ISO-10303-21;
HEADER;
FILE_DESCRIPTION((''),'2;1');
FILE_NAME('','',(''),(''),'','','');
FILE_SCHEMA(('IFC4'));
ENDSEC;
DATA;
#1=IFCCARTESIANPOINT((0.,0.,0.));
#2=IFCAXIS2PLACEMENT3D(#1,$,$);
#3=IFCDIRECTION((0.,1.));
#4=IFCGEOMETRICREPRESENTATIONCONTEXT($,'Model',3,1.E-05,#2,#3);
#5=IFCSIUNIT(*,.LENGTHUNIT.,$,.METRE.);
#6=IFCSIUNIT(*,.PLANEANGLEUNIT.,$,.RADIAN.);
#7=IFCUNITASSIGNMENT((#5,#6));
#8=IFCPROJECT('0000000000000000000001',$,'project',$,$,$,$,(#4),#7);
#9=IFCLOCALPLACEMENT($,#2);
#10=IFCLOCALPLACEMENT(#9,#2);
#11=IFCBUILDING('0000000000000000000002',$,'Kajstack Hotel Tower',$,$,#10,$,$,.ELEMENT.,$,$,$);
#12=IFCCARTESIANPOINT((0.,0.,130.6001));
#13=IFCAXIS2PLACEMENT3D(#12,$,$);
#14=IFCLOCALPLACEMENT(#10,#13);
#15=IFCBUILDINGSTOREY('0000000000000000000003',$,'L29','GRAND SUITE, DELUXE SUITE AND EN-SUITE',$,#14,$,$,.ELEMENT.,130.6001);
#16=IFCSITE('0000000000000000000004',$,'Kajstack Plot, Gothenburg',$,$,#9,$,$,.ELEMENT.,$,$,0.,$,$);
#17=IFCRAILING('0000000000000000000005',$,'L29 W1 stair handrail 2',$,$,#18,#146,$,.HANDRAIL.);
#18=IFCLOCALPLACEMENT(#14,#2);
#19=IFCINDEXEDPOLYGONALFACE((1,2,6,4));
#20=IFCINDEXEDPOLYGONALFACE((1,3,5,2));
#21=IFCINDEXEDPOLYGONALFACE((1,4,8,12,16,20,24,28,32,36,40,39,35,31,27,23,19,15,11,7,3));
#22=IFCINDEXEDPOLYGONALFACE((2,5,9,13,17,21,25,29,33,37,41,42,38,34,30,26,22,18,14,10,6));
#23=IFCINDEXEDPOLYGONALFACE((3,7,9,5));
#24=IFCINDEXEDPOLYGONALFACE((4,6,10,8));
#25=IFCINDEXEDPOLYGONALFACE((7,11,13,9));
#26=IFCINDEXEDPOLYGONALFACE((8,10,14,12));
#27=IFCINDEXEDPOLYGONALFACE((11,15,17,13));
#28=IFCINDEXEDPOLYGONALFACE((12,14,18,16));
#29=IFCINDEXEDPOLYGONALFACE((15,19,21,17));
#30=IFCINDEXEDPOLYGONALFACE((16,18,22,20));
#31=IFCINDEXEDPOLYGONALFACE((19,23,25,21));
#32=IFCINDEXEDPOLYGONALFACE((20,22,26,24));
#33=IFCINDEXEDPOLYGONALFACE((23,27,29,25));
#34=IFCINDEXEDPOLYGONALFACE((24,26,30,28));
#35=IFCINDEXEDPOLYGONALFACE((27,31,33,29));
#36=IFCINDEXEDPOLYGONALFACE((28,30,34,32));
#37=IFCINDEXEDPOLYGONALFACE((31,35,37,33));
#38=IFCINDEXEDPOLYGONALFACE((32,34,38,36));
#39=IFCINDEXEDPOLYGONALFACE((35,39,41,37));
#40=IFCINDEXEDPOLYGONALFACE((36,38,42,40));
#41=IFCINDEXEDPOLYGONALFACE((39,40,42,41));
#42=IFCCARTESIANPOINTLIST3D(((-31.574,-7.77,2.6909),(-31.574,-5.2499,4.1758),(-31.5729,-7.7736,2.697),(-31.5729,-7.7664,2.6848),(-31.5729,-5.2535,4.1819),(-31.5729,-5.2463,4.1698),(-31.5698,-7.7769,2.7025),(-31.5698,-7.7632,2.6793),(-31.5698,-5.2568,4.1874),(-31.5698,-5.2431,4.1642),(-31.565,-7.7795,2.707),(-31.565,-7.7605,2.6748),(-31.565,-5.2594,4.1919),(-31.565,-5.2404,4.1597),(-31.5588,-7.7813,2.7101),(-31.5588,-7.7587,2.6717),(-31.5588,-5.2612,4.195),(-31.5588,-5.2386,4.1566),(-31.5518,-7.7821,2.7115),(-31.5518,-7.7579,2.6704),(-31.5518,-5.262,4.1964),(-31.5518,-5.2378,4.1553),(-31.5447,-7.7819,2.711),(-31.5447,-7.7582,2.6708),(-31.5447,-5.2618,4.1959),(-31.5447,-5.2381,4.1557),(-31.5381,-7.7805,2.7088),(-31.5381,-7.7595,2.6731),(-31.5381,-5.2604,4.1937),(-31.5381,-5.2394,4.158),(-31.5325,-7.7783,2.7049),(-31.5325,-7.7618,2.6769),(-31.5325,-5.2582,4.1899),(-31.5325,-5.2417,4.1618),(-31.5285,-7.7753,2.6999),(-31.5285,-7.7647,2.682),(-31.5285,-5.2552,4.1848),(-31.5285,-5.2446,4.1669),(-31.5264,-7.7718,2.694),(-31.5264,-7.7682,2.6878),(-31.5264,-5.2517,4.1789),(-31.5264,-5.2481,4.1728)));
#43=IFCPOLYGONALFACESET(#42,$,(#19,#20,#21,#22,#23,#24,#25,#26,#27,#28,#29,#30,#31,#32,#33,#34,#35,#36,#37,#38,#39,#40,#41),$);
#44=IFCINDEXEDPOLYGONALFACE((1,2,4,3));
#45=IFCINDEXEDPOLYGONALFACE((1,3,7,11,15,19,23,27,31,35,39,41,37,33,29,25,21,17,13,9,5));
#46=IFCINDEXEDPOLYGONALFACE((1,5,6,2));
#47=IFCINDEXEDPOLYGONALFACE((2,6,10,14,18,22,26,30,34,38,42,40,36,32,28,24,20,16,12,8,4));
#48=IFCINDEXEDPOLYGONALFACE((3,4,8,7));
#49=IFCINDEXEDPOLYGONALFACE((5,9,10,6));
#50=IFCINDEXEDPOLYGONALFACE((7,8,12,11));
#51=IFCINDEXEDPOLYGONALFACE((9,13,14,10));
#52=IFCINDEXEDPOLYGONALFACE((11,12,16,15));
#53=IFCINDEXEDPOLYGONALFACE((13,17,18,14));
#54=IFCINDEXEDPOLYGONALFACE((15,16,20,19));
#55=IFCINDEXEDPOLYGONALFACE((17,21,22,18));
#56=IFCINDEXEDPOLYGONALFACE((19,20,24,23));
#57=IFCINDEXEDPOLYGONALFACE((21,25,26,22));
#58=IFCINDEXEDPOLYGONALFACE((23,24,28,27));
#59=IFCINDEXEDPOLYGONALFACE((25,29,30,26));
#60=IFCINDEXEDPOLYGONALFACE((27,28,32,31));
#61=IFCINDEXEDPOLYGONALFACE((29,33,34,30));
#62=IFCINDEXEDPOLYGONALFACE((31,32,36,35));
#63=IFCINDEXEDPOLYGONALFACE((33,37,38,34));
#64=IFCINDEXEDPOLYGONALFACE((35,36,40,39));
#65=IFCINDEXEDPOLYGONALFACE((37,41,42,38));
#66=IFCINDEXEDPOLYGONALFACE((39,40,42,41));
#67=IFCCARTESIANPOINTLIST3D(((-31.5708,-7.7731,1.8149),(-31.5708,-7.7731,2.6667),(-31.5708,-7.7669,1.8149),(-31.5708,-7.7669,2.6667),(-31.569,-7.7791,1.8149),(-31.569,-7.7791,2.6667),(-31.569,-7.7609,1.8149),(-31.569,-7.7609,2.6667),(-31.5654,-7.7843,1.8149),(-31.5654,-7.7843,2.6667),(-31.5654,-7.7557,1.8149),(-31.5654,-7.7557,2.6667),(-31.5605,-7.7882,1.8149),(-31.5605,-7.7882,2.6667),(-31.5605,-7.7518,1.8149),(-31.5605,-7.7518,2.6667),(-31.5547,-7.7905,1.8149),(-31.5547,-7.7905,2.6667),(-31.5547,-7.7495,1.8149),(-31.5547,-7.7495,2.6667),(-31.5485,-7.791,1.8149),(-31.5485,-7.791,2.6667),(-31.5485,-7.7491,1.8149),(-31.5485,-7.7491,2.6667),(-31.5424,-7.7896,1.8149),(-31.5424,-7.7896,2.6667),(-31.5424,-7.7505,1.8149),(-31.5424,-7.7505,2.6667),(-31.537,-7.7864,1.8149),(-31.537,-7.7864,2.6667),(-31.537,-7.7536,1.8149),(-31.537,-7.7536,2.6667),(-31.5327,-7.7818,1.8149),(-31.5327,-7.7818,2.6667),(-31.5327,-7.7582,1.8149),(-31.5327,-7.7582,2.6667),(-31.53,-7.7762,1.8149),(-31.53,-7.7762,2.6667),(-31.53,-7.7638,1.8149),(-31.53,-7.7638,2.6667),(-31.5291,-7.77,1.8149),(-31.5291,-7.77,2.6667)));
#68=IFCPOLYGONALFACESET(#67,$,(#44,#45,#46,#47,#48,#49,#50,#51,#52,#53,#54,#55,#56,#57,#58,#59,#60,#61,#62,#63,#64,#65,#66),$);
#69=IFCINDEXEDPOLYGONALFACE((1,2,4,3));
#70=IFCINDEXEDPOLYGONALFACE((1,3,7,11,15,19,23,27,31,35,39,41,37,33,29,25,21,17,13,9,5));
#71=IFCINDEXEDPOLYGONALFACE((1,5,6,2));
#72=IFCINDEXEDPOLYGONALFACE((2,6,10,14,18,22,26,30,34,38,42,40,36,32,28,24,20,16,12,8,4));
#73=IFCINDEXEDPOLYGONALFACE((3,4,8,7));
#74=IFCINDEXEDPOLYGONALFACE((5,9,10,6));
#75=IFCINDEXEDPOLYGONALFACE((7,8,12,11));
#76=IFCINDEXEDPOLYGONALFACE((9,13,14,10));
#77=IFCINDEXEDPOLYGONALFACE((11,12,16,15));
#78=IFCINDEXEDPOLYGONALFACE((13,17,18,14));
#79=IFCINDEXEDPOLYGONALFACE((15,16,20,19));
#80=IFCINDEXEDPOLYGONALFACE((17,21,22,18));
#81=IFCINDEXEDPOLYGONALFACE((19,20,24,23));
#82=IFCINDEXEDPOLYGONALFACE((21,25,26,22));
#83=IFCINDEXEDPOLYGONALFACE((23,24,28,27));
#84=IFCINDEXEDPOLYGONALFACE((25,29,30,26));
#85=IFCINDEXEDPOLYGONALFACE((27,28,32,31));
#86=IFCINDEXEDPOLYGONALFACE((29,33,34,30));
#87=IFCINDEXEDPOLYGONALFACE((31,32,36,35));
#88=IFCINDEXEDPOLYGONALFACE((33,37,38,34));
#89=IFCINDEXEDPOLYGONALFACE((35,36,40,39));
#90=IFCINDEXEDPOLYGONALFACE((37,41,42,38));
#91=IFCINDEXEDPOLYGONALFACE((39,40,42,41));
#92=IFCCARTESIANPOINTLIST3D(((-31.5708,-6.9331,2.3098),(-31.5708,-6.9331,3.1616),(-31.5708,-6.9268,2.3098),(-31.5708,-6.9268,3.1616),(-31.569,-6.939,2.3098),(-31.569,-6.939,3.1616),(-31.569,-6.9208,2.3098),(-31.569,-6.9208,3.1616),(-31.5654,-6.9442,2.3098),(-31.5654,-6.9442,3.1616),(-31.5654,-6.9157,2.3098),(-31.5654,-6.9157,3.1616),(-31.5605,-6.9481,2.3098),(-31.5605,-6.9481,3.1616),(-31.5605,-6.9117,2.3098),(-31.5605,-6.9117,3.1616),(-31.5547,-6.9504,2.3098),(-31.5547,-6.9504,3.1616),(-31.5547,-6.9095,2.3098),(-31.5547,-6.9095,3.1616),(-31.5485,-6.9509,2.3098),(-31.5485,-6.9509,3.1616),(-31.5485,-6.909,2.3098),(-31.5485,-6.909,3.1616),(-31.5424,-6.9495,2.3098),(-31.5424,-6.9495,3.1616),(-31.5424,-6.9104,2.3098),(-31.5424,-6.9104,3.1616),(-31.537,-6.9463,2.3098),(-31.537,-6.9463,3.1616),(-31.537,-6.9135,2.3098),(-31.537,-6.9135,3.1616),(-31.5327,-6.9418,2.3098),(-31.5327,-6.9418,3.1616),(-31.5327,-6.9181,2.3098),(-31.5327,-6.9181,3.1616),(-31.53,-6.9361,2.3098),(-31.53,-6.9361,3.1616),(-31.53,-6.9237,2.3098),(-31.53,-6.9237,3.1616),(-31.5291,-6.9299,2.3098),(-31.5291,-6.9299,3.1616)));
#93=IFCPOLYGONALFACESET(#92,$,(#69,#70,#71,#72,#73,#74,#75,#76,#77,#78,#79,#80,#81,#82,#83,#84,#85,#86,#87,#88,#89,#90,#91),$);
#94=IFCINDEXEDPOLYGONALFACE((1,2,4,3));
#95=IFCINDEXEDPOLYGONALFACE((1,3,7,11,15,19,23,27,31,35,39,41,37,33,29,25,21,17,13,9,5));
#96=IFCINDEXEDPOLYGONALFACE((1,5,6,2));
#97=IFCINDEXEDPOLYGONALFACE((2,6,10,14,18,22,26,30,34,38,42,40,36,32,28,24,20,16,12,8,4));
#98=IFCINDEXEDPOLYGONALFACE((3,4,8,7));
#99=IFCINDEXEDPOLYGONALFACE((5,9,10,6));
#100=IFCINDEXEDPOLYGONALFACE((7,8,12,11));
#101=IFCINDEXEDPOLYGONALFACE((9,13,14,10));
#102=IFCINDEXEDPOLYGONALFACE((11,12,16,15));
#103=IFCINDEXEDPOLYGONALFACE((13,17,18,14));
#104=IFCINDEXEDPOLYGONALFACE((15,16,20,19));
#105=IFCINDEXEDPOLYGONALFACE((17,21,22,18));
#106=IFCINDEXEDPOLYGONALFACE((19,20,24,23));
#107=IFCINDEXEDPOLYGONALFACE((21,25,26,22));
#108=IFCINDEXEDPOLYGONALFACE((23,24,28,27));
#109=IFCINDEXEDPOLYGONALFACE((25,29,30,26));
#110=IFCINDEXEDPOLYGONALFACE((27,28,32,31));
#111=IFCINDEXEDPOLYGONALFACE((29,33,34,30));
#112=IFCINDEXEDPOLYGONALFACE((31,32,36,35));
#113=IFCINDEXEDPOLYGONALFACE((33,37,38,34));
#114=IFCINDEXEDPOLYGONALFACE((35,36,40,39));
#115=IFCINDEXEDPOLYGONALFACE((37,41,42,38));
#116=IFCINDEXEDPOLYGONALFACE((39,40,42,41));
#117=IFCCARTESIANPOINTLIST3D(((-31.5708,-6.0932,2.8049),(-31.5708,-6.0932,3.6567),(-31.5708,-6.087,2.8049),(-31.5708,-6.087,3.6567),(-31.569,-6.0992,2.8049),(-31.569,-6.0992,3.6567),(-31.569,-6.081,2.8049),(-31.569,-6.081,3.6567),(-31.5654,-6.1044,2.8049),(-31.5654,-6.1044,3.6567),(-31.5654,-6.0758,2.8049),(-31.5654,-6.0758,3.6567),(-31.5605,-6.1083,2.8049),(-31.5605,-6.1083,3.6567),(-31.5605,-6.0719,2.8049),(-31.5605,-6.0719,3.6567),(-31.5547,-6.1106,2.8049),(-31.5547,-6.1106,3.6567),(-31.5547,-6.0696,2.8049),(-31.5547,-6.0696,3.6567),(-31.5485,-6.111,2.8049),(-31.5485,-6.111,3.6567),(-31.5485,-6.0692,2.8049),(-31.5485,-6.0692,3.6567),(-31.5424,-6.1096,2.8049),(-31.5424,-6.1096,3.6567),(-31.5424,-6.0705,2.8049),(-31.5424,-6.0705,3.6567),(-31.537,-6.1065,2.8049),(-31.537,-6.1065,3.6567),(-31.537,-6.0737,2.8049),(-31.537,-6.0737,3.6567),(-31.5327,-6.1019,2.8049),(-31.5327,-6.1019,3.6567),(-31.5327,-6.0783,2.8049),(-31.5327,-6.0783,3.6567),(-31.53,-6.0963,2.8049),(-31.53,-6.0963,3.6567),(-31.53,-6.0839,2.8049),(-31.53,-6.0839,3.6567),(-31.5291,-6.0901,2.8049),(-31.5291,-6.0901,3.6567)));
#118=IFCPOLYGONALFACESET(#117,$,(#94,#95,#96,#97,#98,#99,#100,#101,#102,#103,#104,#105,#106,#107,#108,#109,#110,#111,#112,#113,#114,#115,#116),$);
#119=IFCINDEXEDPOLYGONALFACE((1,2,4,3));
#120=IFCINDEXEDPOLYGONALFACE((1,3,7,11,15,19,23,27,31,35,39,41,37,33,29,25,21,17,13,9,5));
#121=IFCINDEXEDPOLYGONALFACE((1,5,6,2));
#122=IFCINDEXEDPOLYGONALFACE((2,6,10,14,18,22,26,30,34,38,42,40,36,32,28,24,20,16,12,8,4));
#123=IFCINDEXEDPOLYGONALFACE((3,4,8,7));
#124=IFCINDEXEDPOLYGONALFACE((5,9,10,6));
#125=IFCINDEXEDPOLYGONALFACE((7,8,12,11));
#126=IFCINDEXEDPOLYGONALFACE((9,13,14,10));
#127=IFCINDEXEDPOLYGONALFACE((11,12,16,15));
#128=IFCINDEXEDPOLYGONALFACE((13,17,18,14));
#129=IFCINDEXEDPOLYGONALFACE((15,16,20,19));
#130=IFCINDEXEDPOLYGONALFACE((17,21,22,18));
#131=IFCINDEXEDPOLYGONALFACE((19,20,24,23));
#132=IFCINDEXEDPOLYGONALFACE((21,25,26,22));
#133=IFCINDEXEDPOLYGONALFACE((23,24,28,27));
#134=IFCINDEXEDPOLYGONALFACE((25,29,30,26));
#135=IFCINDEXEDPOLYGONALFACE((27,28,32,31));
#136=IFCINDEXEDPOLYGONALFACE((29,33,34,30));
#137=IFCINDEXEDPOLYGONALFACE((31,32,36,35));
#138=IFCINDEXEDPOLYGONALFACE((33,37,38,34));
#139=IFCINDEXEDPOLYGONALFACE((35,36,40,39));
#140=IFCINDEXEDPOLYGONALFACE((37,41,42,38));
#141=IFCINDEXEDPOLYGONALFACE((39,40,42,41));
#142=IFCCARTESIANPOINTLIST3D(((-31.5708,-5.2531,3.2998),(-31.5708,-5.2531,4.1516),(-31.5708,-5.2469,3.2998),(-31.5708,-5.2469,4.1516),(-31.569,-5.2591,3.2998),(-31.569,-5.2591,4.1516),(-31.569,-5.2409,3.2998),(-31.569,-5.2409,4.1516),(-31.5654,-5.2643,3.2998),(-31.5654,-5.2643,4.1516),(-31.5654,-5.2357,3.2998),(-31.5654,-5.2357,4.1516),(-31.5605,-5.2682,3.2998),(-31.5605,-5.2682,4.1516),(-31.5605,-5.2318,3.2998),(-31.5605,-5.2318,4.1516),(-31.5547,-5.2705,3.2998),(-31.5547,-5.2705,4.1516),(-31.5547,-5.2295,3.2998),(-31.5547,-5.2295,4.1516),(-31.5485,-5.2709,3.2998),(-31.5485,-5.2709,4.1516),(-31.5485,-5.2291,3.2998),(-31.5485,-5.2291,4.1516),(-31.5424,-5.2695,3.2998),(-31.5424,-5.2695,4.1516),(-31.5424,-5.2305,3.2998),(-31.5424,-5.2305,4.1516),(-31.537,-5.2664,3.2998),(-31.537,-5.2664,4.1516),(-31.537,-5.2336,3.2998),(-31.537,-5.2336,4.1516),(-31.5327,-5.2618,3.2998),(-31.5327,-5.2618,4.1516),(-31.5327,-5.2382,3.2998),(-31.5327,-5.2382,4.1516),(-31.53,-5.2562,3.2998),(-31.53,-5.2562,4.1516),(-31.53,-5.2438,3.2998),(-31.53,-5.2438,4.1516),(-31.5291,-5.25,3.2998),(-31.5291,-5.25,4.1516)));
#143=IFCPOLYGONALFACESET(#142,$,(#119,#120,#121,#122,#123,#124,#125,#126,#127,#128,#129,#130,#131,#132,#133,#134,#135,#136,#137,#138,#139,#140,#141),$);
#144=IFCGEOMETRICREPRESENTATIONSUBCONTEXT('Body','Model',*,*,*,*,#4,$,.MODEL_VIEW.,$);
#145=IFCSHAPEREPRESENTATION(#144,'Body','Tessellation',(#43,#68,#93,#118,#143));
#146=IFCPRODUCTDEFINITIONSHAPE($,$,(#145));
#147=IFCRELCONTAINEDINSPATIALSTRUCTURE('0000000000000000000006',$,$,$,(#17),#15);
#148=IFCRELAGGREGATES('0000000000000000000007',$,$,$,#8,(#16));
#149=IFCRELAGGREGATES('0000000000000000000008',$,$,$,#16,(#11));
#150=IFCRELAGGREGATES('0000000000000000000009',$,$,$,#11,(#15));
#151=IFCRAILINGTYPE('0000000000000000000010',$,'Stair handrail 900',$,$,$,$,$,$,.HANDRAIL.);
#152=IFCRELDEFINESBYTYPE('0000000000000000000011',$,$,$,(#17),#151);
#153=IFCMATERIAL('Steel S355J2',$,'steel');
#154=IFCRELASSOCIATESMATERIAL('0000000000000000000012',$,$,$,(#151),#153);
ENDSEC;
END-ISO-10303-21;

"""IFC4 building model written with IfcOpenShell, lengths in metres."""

from ifc_helpers import new_model, si_unit, direction, frame, origin, origin_2d, place, context, subcontext, project, spatial, circle, extrude, material, type_object, element, save


model = new_model("IFC4")

# Units and contexts
model_context = context("Model", 3, precision=1e-05, world=origin(), true_north=direction((0.0, 1.0)))
body_context = subcontext(model_context, "Body", "Model", "MODEL_VIEW")
ifc_project = project(units=[si_unit("LENGTHUNIT", "METRE"), si_unit("PLANEANGLEUNIT", "RADIAN")], contexts=[model_context])

# Site, building, storey
site_placement = place(None, origin())
site = spatial("IfcSite", under=ifc_project, at=site_placement, Name="Kajstack Plot, Gothenburg", CompositionType="ELEMENT", RefElevation=0.0)
building_placement = place(site_placement, origin())
building = spatial("IfcBuilding", under=site, at=building_placement, Name="Kajstack Hotel Tower", CompositionType="ELEMENT")
storey_placement = place(building_placement, frame((0.0, 0.0, 130.6001)))
storey = spatial("IfcBuildingStorey", under=building, at=storey_placement, Name="L29", Description="GRAND SUITE, DELUXE SUITE AND EN-SUITE", CompositionType="ELEMENT", Elevation=130.6001)

# Railing
ifc_material_1 = material(Name="Steel S355J2", Category="steel")
railing_type_1 = type_object("IfcRailingType", Name="Stair handrail 900", PredefinedType="HANDRAIL", material=ifc_material_1)
railing_1_placement = place(storey_placement, frame((-31.55, -7.77, 1.8149)))
element("IfcRailing", 1, at=railing_1_placement, inside=storey, type_object=railing_type_1, Name="L29 W1 stair handrail 2", PredefinedType="HANDRAIL", context=body_context, shape_type="SweptSolid", body=[
    extrude(circle(Radius=0.0239, at=origin_2d()), frame((0.0, 0.0, 0.876), z_axis=(0.0, 0.861561, 0.507655), x_axis=(-1.0, 0.0, 0.0)), (0.0, 0.0, 1.0), 2.925),
    extrude(circle(Radius=0.021, at=origin_2d()), origin(), (0.0, 0.0, 1.0), 0.8518),
    extrude(circle(Radius=0.021, at=origin_2d()), frame((0.0, 0.8401, 0.4949)), (0.0, 0.0, 1.0), 0.8518),
    extrude(circle(Radius=0.021, at=origin_2d()), frame((0.0, 1.6799, 0.99)), (0.0, 0.0, 1.0), 0.8518),
    extrude(circle(Radius=0.021, at=origin_2d()), frame((0.0, 2.52, 1.4849)), (0.0, 0.0, 1.0), 0.8518),
])

save(model, "model.ifc")
